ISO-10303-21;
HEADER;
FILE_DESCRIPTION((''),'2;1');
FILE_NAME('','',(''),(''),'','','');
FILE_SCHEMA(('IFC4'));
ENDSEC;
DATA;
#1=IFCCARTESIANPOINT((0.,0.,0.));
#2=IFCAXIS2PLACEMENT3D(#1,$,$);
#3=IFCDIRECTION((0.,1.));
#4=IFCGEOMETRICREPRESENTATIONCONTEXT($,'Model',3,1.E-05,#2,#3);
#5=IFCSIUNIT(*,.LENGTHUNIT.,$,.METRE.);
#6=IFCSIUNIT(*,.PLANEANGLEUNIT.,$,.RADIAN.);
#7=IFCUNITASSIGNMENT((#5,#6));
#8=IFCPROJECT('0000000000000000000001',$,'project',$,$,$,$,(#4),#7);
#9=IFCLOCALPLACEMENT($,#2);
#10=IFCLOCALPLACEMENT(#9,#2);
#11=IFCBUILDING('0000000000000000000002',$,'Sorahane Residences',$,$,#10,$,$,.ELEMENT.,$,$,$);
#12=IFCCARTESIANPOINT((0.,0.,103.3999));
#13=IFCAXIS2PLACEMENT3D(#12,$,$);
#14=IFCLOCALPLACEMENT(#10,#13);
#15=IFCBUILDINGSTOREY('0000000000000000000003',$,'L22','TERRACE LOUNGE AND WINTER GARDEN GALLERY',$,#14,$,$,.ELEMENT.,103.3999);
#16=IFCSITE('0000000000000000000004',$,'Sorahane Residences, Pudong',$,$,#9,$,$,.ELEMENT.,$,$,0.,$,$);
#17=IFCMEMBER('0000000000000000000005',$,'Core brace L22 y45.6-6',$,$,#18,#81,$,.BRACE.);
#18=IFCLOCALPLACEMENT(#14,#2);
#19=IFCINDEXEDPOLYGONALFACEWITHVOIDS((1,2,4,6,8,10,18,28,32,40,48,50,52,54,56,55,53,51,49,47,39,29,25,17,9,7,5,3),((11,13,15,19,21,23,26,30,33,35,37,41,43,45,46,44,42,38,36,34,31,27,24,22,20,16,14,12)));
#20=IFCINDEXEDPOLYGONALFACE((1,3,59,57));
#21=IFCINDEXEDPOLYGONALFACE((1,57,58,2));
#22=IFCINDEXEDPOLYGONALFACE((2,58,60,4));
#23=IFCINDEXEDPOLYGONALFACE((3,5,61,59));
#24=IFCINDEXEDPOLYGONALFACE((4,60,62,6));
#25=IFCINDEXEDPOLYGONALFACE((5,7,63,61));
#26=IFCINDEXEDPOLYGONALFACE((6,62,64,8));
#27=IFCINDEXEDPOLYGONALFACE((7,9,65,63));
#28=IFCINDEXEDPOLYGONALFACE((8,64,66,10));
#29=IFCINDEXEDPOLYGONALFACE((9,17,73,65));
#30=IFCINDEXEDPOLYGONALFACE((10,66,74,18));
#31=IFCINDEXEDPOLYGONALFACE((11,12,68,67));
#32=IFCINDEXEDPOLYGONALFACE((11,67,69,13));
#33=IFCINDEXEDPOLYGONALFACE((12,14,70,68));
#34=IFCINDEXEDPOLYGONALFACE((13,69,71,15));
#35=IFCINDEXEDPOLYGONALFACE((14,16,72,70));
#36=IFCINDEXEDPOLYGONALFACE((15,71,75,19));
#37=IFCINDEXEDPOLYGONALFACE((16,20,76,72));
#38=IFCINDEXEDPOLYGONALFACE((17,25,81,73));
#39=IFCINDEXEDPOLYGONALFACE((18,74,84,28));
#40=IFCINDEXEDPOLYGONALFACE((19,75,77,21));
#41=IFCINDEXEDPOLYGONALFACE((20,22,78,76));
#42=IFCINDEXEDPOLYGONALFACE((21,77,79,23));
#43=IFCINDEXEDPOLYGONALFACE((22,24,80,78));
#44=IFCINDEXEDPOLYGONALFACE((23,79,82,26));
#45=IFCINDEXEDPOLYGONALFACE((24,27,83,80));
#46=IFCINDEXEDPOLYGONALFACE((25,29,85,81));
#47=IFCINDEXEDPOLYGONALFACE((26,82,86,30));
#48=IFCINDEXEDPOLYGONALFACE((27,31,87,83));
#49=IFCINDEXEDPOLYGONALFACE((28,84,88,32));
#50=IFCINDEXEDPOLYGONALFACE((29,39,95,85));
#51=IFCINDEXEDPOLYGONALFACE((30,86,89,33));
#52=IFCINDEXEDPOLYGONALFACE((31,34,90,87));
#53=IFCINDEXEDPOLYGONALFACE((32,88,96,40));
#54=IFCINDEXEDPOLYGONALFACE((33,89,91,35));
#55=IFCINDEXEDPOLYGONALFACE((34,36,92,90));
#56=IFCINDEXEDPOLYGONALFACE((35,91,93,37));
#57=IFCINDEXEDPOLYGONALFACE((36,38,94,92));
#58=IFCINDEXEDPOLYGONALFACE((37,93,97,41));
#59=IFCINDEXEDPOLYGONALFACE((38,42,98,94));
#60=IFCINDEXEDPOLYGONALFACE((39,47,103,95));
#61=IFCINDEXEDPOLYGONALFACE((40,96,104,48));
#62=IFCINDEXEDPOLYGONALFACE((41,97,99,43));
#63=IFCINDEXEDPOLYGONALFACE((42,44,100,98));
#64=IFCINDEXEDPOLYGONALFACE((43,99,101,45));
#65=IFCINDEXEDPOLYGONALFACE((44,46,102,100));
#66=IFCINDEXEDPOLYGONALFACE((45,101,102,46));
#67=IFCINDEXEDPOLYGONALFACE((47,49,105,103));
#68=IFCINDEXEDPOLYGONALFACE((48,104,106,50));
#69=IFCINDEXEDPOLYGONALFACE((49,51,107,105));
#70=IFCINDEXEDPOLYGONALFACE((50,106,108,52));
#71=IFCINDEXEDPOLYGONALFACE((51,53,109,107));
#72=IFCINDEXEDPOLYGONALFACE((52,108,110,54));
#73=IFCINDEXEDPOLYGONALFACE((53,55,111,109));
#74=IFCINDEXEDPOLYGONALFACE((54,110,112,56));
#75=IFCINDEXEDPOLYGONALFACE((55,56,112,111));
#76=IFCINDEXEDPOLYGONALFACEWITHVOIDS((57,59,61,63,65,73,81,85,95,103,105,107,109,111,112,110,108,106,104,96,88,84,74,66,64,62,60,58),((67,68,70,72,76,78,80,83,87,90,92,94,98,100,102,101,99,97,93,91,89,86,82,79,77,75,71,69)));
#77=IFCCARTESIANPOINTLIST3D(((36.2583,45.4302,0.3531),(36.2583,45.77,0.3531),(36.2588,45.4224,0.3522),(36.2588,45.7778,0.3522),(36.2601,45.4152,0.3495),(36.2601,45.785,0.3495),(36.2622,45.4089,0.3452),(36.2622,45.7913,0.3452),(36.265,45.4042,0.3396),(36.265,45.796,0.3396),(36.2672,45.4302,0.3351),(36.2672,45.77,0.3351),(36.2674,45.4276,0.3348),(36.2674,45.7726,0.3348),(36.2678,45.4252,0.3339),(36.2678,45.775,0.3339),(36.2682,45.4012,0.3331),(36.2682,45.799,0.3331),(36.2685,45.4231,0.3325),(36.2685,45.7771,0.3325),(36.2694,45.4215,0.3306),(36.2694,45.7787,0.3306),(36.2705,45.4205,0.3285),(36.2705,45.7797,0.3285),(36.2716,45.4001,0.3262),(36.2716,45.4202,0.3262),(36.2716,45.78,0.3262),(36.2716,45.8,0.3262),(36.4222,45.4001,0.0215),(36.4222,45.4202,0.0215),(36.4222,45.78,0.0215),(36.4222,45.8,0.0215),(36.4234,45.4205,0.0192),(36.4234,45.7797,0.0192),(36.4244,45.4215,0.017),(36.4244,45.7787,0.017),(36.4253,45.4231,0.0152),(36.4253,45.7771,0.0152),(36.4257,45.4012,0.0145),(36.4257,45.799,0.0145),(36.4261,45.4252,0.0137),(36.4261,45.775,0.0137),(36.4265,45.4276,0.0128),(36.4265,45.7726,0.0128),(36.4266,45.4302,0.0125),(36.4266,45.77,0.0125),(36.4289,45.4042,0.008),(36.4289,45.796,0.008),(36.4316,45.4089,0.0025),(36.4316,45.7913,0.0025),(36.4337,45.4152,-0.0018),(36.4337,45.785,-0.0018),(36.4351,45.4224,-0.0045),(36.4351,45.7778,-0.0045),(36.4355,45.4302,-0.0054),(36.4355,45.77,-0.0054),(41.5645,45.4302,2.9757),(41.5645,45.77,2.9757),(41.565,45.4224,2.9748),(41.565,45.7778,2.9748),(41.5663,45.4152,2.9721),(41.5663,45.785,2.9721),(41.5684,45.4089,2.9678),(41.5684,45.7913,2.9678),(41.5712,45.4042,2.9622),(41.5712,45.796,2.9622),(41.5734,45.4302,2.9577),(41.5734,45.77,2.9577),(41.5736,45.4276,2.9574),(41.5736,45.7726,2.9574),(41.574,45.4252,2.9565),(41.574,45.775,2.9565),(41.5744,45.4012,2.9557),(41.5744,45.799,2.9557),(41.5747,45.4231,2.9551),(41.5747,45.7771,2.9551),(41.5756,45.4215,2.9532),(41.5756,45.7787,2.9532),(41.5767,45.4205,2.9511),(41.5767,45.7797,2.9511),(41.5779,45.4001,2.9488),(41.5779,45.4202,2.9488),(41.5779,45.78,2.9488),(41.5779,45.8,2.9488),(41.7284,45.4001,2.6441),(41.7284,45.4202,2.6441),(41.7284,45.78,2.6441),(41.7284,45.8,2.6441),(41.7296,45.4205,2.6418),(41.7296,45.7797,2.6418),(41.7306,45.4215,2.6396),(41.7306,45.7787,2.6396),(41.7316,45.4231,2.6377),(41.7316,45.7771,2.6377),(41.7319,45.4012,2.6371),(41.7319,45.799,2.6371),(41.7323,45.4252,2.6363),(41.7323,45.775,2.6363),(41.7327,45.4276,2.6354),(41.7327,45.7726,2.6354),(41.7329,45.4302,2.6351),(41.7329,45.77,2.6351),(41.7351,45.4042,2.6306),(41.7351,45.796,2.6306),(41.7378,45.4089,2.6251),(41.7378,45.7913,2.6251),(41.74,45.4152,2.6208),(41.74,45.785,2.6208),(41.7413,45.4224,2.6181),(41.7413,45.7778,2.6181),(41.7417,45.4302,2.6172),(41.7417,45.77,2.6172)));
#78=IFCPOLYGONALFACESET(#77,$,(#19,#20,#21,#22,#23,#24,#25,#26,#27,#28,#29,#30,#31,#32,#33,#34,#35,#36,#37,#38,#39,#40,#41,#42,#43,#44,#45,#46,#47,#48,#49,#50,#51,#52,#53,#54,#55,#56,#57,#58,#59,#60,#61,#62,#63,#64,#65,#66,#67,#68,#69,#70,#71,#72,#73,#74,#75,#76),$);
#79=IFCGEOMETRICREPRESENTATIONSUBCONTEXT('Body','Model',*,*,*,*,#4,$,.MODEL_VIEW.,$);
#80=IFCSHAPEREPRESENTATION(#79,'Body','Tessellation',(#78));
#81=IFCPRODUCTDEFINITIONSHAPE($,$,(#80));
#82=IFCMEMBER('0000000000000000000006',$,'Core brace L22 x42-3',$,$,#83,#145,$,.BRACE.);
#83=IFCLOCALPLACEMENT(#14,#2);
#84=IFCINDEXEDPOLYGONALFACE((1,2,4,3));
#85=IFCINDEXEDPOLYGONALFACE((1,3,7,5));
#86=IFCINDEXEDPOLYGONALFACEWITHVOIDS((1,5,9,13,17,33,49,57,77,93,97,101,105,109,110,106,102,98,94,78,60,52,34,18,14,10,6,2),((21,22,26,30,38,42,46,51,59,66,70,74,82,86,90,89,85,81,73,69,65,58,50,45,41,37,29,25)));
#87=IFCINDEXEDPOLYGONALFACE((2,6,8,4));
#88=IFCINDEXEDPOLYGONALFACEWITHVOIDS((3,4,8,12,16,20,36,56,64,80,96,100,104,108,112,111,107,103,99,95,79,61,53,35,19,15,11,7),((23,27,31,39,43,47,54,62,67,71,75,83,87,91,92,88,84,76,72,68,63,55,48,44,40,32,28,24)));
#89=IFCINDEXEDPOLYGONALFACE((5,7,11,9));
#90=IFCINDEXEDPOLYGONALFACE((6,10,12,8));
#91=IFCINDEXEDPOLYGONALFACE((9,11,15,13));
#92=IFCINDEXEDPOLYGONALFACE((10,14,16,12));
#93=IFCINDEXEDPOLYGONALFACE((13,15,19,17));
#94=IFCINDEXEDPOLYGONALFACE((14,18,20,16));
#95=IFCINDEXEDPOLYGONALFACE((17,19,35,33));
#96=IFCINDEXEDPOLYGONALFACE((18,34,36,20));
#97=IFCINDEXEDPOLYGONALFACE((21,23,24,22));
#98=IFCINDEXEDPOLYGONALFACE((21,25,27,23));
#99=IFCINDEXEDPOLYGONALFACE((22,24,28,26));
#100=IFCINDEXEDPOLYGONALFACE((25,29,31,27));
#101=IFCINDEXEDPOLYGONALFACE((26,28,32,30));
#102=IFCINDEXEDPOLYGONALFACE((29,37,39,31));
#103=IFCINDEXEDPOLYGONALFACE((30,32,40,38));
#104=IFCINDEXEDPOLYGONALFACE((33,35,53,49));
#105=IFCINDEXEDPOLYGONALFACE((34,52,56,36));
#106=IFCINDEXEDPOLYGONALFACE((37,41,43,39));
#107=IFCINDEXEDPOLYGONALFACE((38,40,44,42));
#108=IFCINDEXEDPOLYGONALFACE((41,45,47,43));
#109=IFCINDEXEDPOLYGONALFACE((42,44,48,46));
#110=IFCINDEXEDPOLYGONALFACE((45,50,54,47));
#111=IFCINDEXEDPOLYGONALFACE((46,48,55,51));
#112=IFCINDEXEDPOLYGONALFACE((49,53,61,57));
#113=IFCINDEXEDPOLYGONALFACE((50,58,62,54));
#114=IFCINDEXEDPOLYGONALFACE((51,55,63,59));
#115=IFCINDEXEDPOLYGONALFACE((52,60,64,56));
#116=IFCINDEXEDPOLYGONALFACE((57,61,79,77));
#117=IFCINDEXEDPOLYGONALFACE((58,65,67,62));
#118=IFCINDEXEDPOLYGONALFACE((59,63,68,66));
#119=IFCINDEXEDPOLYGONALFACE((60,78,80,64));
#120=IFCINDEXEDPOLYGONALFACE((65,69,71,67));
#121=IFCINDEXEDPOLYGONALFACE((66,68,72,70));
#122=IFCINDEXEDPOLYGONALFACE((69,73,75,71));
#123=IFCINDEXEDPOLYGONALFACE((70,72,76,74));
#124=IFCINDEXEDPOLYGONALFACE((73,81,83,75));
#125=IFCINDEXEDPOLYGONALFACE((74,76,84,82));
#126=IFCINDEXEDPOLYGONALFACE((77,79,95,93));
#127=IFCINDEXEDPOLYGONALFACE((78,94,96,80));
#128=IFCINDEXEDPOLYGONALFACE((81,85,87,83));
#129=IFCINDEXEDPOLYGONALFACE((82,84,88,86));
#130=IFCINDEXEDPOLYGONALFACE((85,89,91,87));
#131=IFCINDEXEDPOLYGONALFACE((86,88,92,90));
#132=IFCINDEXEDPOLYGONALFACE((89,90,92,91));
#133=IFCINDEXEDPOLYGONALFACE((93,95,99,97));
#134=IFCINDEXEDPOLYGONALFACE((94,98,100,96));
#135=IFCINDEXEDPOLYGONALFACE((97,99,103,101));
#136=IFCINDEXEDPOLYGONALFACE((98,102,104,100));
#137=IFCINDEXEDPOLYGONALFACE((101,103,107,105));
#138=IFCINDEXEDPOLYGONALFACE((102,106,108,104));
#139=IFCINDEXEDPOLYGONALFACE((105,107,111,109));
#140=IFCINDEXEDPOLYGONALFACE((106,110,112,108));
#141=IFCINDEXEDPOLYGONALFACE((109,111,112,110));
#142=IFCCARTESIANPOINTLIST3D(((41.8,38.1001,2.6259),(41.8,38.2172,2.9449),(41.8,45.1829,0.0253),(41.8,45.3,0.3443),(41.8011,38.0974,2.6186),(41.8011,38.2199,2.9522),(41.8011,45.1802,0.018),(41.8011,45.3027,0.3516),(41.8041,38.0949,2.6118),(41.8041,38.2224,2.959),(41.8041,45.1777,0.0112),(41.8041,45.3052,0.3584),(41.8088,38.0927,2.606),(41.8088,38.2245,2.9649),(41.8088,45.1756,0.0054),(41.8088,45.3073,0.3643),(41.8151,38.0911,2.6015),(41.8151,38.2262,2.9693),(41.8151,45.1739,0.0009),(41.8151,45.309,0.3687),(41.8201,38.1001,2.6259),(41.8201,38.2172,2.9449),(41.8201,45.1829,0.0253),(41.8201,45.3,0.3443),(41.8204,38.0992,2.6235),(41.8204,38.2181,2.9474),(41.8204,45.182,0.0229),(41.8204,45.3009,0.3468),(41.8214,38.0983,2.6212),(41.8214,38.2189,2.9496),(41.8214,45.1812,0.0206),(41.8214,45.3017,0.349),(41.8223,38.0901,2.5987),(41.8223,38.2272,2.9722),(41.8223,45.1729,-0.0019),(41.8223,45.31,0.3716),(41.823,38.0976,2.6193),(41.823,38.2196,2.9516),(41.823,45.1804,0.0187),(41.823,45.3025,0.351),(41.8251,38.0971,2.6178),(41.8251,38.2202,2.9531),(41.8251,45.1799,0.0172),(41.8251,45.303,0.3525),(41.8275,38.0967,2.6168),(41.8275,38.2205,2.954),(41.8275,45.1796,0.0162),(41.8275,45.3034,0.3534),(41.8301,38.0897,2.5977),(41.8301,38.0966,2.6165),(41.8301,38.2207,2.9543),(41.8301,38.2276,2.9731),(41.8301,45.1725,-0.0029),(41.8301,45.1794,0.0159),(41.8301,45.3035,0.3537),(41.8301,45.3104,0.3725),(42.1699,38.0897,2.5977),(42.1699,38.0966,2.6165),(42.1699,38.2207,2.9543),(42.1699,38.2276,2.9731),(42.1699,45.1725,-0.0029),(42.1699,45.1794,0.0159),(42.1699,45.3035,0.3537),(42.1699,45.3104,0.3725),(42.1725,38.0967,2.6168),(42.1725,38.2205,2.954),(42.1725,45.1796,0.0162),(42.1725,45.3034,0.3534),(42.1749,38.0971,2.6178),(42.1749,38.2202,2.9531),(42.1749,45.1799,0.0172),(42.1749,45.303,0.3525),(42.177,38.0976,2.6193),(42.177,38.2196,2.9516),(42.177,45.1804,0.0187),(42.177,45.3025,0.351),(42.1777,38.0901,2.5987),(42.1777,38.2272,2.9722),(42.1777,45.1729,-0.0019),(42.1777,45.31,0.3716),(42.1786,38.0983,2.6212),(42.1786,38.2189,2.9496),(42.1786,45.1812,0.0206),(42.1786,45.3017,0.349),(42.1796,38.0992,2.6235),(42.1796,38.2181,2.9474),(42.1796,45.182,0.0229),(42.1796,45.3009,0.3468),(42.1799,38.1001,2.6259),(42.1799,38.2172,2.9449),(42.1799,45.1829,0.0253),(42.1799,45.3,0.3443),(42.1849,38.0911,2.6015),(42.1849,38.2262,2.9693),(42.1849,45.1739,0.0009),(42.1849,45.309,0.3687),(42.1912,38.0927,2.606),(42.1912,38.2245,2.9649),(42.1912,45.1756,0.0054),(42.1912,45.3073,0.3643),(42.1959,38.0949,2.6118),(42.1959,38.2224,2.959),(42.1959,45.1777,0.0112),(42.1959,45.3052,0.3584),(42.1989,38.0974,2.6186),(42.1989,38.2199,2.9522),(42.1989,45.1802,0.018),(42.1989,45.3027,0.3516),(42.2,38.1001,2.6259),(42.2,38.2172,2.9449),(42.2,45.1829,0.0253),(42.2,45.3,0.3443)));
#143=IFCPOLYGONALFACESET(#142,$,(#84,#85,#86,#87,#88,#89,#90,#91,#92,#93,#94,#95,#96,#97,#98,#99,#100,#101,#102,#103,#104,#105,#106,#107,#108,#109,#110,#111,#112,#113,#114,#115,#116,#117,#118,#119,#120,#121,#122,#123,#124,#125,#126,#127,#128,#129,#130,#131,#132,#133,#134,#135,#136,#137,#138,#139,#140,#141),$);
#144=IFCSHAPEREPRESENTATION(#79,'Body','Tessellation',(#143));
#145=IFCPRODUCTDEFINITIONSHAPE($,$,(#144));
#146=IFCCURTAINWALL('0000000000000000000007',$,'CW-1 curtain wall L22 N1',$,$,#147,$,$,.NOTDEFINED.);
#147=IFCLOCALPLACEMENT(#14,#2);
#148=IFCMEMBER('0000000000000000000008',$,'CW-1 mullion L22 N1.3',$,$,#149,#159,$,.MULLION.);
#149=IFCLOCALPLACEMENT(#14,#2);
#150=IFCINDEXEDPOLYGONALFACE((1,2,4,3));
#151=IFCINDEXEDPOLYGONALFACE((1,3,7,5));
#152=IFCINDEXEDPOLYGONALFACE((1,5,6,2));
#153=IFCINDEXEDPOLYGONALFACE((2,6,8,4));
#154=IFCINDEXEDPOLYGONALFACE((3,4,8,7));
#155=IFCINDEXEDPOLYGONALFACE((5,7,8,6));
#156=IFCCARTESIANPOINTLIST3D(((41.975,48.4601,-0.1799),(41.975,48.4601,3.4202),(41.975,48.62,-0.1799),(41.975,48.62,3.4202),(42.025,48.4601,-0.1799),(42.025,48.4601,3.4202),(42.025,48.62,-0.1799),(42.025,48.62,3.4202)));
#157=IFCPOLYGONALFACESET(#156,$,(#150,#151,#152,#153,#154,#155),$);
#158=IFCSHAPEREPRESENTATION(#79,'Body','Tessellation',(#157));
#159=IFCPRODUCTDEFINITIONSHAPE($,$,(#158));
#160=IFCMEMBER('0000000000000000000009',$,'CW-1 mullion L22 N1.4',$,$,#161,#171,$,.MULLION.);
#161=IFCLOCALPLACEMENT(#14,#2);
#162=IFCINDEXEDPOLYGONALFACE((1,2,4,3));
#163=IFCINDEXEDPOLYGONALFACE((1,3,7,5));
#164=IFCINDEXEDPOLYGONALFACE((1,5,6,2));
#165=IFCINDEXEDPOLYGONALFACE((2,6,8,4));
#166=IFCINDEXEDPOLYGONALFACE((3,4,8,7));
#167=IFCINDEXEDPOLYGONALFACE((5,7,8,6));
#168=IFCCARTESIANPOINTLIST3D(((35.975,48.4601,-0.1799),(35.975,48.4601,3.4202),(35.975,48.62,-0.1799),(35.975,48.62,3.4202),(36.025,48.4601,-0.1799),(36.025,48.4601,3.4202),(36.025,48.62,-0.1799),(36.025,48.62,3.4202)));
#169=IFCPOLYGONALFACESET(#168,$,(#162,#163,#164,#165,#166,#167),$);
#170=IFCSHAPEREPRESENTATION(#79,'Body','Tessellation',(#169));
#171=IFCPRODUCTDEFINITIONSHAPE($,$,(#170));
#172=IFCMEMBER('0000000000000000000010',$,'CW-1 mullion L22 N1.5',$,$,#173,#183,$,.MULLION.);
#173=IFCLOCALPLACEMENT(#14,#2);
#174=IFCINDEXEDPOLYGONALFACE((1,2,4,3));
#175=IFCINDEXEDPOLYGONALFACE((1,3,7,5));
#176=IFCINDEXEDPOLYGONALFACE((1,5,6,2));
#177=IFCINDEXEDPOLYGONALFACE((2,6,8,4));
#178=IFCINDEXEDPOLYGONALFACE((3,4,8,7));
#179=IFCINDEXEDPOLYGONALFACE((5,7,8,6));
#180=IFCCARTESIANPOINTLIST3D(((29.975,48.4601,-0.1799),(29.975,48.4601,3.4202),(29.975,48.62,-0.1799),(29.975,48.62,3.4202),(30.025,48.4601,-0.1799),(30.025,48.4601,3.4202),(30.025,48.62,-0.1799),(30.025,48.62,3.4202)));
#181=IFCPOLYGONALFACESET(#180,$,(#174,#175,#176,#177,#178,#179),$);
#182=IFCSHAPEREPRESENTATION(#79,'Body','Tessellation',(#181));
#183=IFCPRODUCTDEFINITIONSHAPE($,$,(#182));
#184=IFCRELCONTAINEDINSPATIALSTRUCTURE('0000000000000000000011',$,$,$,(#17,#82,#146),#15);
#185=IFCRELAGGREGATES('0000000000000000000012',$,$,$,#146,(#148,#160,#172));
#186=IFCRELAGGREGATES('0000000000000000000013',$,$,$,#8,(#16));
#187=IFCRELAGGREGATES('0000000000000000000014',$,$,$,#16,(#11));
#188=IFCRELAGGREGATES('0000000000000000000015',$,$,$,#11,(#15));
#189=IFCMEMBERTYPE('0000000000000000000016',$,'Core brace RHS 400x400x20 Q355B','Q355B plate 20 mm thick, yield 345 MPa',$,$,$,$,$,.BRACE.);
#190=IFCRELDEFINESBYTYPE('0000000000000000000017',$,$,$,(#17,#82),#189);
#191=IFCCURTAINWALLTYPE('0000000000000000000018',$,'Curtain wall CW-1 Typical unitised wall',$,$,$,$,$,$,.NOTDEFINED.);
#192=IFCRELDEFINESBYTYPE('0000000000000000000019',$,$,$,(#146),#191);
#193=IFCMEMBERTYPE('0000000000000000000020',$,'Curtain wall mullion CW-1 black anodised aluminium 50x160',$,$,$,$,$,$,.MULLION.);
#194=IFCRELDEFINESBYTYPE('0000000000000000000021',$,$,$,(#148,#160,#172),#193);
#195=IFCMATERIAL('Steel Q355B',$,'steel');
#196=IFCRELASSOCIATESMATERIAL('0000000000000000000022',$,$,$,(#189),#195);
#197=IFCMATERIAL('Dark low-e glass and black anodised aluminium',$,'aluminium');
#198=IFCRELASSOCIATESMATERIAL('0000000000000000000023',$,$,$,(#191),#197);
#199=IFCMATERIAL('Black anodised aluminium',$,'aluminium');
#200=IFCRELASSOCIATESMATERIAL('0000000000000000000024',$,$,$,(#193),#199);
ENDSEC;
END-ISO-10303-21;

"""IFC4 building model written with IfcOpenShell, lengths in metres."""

from ifc_helpers import new_model, si_unit, direction, frame, origin, origin_2d, place, context, subcontext, project, spatial, rectangle, hollow_rectangle, extrude, material, material_profile, profile_set, type_object, element, aggregate, save


model = new_model("IFC4")

# Units and contexts
model_context = context("Model", 3, precision=1e-05, world=origin(), true_north=direction((0.0, 1.0)))
body_context = subcontext(model_context, "Body", "Model", "MODEL_VIEW")
ifc_project = project(units=[si_unit("LENGTHUNIT", "METRE"), si_unit("PLANEANGLEUNIT", "RADIAN")], contexts=[model_context])

# Site, building, storey
site_placement = place(None, origin())
site = spatial("IfcSite", under=ifc_project, at=site_placement, Name="Sorahane Residences, Pudong", CompositionType="ELEMENT", RefElevation=0.0)
building_placement = place(site_placement, origin())
building = spatial("IfcBuilding", under=site, at=building_placement, Name="Sorahane Residences", CompositionType="ELEMENT")
storey_placement = place(building_placement, frame((0.0, 0.0, 103.3999)))
storey = spatial("IfcBuildingStorey", under=building, at=storey_placement, Name="L22", Description="TERRACE LOUNGE AND WINTER GARDEN GALLERY", CompositionType="ELEMENT", Elevation=103.3999)

# Members
ifc_material_1 = material(Name="Steel Q355B", Category="steel")
ifc_material_profile_1 = material_profile(ifc_material_1, hollow_rectangle(XDim=0.3999, YDim=0.3999, WallThickness=0.02, InnerFilletRadius=0.01, OuterFilletRadius=0.03, at=origin_2d()), Name="RHS 400x400x20")
ifc_profile_set_1 = profile_set([ifc_material_profile_1], Name="Steel Q355B")
member_type_1 = type_object("IfcMemberType", Name="Core brace RHS 400x400x20 Q355B", Description="Q355B plate 20 mm thick, yield 345 MPa", PredefinedType="BRACE", material=ifc_profile_set_1)
for number, where, z_axis, x_axis, name in (
    (1, (36.3469, 45.6001, 0.1738), (0.89648, 0.0, 0.443084), (0.0, 1.0, 0.0), "Core brace L22 y45.6-6"),
):
    element("IfcMember", number, at=place(storey_placement, frame(where, z_axis=z_axis, x_axis=x_axis)), inside=storey, type_object=member_type_1, Name=name, PredefinedType="BRACE", context=body_context, shape_type="SweptSolid", body=[
        extrude(hollow_rectangle(XDim=0.3999, YDim=0.3999, WallThickness=0.02, InnerFilletRadius=0.01, OuterFilletRadius=0.03, at=origin_2d()), origin(), (0.0, 0.0, 1.0), 5.9189),
    ])
member_1_placement = place(storey_placement, frame((42.0, 45.2415, 0.1848), z_axis=(0.0, -0.938723, 0.344672), x_axis=(1.0, 0.0, 0.0)))
element("IfcMember", 2, at=member_1_placement, inside=storey, type_object=member_type_1, Name="Core brace L22 x42-3", PredefinedType="BRACE", context=body_context, shape_type="SweptSolid", body=[
    extrude(hollow_rectangle(XDim=0.3999, YDim=0.3999, WallThickness=0.02, InnerFilletRadius=0.01, OuterFilletRadius=0.03, at=origin_2d()), origin(), (0.0, 0.0, 1.0), 7.5452),
])

# Curtain wall, members
ifc_material_2 = material(Name="Dark low-e glass and black anodised aluminium", Category="aluminium")
curtain_wall_type = type_object("IfcCurtainWallType", Name="Curtain wall CW-1 Typical unitised wall", PredefinedType="NOTDEFINED", material=ifc_material_2)
curtain_wall_placement = place(storey_placement, origin())
curtain_wall = element("IfcCurtainWall", 3, at=curtain_wall_placement, inside=storey, type_object=curtain_wall_type, Name="CW-1 curtain wall L22 N1", PredefinedType="NOTDEFINED")
ifc_material_3 = material(Name="Black anodised aluminium", Category="aluminium")
ifc_material_profile_2 = material_profile(ifc_material_3, rectangle(XDim=0.1599, YDim=0.05, at=origin_2d()), Name="Curtain wall mullion CW-1 black anodised aluminium 50x160")
ifc_profile_set_2 = profile_set([ifc_material_profile_2], Name="Black anodised aluminium")
member_type_2 = type_object("IfcMemberType", Name="Curtain wall mullion CW-1 black anodised aluminium 50x160", PredefinedType="MULLION", material=ifc_profile_set_2)
member_2_placement = place(storey_placement, frame((42.0, 48.54, -0.1799), z_axis=(0.0, 0.0, 1.0), x_axis=(0.0, 1.0, 0.0)))
member_2 = element("IfcMember", 4, at=member_2_placement, type_object=member_type_2, Name="CW-1 mullion L22 N1.3", PredefinedType="MULLION", context=body_context, shape_type="SweptSolid", body=[
    extrude(rectangle(XDim=0.1599, YDim=0.05, at=origin_2d()), origin(), (0.0, 0.0, 1.0), 3.6001),
])
member_3_placement = place(storey_placement, frame((36.0, 48.54, -0.1799), z_axis=(0.0, 0.0, 1.0), x_axis=(0.0, 1.0, 0.0)))
member_3 = element("IfcMember", 5, at=member_3_placement, type_object=member_type_2, Name="CW-1 mullion L22 N1.4", PredefinedType="MULLION", context=body_context, shape_type="SweptSolid", body=[
    extrude(rectangle(XDim=0.1599, YDim=0.05, at=origin_2d()), origin(), (0.0, 0.0, 1.0), 3.6001),
])
member_4_placement = place(storey_placement, frame((30.0, 48.54, -0.1799), z_axis=(0.0, 0.0, 1.0), x_axis=(0.0, 1.0, 0.0)))
member_4 = element("IfcMember", 6, at=member_4_placement, type_object=member_type_2, Name="CW-1 mullion L22 N1.5", PredefinedType="MULLION", context=body_context, shape_type="SweptSolid", body=[
    extrude(rectangle(XDim=0.1599, YDim=0.05, at=origin_2d()), origin(), (0.0, 0.0, 1.0), 3.6001),
])

aggregate(curtain_wall, [member_2, member_3, member_4])

save(model, "model.ifc")
